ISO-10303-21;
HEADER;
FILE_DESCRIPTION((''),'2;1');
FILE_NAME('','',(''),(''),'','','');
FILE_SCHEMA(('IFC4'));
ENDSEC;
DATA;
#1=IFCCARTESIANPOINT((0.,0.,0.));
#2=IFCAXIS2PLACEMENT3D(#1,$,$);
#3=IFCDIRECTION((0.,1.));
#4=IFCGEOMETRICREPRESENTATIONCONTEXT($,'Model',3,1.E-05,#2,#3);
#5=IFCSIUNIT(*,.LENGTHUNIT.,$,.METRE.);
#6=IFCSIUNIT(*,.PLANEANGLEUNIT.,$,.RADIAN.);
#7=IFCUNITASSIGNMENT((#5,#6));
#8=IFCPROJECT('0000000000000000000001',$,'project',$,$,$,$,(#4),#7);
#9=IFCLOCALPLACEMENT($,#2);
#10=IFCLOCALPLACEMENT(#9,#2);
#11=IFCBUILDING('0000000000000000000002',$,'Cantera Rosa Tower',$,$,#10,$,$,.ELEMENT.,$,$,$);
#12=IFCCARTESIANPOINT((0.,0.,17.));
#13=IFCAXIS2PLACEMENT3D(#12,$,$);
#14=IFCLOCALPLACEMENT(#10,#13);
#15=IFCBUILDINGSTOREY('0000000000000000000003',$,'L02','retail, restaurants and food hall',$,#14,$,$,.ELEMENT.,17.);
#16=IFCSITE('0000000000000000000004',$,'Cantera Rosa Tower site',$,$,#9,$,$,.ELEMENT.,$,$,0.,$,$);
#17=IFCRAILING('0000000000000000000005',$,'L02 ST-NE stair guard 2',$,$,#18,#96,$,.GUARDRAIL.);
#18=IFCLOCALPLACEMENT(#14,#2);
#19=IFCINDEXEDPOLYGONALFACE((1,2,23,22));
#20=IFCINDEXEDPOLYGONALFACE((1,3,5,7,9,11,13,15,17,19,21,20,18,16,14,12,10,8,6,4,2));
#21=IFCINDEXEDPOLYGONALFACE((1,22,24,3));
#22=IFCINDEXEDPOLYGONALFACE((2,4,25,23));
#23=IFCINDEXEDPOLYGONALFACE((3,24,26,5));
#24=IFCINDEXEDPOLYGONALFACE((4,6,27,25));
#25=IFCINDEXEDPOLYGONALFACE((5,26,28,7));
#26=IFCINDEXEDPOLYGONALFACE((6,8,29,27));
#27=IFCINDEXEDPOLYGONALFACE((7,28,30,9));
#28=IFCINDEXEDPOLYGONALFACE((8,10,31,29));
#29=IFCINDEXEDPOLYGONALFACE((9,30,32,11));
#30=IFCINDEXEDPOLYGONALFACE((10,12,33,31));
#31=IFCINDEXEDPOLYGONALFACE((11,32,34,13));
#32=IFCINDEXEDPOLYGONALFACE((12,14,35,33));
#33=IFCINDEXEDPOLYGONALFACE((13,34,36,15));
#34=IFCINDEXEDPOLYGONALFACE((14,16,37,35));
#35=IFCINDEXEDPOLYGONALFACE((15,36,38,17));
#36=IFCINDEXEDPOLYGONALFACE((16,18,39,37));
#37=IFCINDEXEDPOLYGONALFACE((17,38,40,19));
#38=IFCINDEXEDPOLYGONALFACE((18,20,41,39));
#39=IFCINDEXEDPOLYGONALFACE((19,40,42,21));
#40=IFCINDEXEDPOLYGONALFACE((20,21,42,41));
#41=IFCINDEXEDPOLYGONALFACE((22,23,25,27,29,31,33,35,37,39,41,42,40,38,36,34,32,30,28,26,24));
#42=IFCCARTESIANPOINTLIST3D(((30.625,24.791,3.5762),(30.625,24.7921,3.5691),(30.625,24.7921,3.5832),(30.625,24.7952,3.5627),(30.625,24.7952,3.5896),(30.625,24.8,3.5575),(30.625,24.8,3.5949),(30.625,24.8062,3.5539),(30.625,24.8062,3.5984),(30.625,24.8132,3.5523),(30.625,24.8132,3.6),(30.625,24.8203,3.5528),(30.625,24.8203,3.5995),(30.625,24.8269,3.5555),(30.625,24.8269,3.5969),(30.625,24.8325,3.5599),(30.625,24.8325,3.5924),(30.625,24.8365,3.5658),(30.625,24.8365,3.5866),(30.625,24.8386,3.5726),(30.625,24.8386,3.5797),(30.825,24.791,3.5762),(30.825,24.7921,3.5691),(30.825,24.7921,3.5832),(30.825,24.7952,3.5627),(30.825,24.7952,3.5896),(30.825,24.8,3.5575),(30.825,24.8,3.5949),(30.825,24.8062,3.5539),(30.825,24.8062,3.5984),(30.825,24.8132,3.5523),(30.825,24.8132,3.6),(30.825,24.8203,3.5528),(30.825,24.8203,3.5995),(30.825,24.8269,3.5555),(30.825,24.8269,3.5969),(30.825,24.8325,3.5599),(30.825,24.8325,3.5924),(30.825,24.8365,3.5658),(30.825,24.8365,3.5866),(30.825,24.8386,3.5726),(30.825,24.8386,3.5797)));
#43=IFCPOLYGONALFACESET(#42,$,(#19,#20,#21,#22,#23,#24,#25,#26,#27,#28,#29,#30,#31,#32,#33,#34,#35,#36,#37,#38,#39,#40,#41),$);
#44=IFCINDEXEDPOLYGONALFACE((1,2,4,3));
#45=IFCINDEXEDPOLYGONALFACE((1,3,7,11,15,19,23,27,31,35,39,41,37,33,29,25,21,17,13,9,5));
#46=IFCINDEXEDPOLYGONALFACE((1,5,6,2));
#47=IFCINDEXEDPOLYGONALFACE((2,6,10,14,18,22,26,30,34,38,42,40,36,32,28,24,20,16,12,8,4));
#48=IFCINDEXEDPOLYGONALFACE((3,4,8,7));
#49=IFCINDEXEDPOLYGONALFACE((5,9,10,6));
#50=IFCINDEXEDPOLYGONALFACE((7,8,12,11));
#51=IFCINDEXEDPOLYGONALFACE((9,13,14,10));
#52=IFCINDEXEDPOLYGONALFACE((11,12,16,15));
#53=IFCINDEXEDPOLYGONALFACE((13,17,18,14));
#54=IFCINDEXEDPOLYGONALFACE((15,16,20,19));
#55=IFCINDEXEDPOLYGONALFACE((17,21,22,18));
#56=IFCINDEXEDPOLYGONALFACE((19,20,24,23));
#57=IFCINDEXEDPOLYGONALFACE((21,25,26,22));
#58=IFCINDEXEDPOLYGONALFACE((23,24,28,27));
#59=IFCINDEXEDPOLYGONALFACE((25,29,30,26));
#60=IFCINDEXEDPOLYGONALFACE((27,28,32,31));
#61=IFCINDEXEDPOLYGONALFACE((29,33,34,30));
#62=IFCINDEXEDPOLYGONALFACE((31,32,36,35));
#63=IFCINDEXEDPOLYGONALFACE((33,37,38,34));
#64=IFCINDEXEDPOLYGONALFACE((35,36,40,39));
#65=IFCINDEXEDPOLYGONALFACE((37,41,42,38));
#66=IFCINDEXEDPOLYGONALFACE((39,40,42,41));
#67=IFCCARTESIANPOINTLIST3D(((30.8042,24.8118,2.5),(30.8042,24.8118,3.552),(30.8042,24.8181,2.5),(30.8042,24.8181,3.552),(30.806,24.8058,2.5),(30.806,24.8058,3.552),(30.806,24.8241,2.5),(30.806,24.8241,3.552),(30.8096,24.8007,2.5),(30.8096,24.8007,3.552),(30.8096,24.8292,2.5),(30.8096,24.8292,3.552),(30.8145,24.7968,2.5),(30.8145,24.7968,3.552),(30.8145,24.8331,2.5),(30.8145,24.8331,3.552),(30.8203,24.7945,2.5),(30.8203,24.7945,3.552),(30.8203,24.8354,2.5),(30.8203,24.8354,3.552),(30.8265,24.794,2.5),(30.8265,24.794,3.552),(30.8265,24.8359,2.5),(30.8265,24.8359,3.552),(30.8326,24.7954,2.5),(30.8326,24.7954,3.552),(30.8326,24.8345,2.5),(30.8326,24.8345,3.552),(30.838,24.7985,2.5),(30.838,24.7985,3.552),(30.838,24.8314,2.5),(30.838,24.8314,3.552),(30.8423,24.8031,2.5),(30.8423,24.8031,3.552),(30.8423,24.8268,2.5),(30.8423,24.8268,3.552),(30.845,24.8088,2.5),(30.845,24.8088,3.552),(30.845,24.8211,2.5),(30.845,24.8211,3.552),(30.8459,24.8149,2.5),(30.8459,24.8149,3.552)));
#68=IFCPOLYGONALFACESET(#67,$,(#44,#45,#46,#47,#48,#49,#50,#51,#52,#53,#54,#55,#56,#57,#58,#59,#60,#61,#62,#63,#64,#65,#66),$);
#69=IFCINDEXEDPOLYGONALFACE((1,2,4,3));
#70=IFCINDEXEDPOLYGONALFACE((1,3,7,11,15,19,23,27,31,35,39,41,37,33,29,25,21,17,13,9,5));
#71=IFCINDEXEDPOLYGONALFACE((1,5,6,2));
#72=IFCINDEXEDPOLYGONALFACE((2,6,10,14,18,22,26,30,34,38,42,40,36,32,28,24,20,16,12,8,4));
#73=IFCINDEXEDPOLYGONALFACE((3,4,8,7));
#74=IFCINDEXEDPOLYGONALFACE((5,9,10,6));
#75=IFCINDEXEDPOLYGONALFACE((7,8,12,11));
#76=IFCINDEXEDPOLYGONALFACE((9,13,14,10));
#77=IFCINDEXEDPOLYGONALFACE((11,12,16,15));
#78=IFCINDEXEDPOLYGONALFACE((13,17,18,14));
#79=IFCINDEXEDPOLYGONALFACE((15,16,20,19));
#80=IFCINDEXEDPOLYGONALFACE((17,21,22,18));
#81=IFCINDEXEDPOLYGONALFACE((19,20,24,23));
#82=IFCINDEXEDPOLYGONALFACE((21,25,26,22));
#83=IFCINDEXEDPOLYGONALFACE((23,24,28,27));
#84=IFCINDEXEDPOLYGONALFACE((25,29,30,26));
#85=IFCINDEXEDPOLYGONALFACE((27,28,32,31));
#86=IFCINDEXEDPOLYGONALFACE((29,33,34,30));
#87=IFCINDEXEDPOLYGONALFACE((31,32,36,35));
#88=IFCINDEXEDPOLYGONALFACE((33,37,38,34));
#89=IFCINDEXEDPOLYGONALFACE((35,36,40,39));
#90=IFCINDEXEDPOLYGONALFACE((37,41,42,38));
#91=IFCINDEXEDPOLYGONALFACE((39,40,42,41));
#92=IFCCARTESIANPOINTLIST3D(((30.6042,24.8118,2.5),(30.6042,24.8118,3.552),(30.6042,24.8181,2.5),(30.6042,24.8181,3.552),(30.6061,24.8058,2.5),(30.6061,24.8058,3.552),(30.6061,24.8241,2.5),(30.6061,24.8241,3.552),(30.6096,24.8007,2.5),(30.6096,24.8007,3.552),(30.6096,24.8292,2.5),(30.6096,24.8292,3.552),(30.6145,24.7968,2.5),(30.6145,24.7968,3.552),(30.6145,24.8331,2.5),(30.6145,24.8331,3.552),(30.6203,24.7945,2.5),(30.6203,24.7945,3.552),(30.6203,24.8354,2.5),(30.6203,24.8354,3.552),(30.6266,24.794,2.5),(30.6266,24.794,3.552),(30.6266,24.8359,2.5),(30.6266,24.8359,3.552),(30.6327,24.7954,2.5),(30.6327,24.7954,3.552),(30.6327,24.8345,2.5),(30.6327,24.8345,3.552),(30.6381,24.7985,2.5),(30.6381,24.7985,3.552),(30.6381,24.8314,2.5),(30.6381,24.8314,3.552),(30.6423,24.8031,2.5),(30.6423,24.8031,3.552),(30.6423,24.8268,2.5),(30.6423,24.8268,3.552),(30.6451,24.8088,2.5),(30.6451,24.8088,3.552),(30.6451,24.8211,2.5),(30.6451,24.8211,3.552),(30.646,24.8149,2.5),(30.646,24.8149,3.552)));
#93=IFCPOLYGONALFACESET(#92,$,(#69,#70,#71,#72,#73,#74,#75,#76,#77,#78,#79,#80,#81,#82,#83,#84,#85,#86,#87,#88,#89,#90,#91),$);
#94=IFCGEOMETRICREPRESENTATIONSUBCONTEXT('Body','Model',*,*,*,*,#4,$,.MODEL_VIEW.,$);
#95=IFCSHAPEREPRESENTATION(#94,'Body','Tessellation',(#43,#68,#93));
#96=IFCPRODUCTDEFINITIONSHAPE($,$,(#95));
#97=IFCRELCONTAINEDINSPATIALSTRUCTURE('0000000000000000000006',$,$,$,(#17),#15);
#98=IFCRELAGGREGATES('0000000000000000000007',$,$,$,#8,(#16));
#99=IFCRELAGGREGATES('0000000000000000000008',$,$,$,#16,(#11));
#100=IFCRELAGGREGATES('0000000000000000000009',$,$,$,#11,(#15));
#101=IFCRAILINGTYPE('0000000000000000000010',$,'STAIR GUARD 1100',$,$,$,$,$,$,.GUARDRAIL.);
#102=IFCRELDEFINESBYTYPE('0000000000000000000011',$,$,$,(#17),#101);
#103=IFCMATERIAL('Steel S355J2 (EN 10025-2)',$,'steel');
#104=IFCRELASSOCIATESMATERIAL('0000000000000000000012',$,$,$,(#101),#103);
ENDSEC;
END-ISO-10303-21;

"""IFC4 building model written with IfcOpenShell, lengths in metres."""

from ifc_helpers import new_model, si_unit, direction, frame, origin, origin_2d, place, context, subcontext, project, spatial, circle, extrude, material, type_object, element, save


model = new_model("IFC4")

# Units and contexts
model_context = context("Model", 3, precision=1e-05, world=origin(), true_north=direction((0.0, 1.0)))
body_context = subcontext(model_context, "Body", "Model", "MODEL_VIEW")
ifc_project = project(units=[si_unit("LENGTHUNIT", "METRE"), si_unit("PLANEANGLEUNIT", "RADIAN")], contexts=[model_context])

# Site, building, storey
site_placement = place(None, origin())
site = spatial("IfcSite", under=ifc_project, at=site_placement, Name="Cantera Rosa Tower site", CompositionType="ELEMENT", RefElevation=0.0)
building_placement = place(site_placement, origin())
building = spatial("IfcBuilding", under=site, at=building_placement, Name="Cantera Rosa Tower", CompositionType="ELEMENT")
storey_placement = place(building_placement, frame((0.0, 0.0, 17.0)))
storey = spatial("IfcBuildingStorey", under=building, at=storey_placement, Name="L02", Description="retail, restaurants and food hall", CompositionType="ELEMENT", Elevation=17.0)

# Railing
ifc_material_1 = material(Name="Steel S355J2 (EN 10025-2)", Category="steel")
railing_type_1 = type_object("IfcRailingType", Name="STAIR GUARD 1100", PredefinedType="GUARDRAIL", material=ifc_material_1)
railing_1_placement = place(storey_placement, frame((30.825, 24.8149, 2.5)))
element("IfcRailing", 1, at=railing_1_placement, inside=storey, type_object=railing_type_1, Name="L02 ST-NE stair guard 2", PredefinedType="GUARDRAIL", context=body_context, shape_type="SweptSolid", body=[
    extrude(circle(Radius=0.0239, at=origin_2d()), frame((0.0, 0.0, 1.0762), z_axis=(-1.0, 0.0, 0.0), x_axis=(0.0, -1.0, 0.0)), (0.0, 0.0, 1.0), 0.2),
    extrude(circle(Radius=0.021, at=origin_2d()), origin(), (0.0, 0.0, 1.0), 1.052),
    extrude(circle(Radius=0.021, at=origin_2d()), frame((-0.2, 0.0, 0.0)), (0.0, 0.0, 1.0), 1.052),
])

save(model, "model.ifc")
